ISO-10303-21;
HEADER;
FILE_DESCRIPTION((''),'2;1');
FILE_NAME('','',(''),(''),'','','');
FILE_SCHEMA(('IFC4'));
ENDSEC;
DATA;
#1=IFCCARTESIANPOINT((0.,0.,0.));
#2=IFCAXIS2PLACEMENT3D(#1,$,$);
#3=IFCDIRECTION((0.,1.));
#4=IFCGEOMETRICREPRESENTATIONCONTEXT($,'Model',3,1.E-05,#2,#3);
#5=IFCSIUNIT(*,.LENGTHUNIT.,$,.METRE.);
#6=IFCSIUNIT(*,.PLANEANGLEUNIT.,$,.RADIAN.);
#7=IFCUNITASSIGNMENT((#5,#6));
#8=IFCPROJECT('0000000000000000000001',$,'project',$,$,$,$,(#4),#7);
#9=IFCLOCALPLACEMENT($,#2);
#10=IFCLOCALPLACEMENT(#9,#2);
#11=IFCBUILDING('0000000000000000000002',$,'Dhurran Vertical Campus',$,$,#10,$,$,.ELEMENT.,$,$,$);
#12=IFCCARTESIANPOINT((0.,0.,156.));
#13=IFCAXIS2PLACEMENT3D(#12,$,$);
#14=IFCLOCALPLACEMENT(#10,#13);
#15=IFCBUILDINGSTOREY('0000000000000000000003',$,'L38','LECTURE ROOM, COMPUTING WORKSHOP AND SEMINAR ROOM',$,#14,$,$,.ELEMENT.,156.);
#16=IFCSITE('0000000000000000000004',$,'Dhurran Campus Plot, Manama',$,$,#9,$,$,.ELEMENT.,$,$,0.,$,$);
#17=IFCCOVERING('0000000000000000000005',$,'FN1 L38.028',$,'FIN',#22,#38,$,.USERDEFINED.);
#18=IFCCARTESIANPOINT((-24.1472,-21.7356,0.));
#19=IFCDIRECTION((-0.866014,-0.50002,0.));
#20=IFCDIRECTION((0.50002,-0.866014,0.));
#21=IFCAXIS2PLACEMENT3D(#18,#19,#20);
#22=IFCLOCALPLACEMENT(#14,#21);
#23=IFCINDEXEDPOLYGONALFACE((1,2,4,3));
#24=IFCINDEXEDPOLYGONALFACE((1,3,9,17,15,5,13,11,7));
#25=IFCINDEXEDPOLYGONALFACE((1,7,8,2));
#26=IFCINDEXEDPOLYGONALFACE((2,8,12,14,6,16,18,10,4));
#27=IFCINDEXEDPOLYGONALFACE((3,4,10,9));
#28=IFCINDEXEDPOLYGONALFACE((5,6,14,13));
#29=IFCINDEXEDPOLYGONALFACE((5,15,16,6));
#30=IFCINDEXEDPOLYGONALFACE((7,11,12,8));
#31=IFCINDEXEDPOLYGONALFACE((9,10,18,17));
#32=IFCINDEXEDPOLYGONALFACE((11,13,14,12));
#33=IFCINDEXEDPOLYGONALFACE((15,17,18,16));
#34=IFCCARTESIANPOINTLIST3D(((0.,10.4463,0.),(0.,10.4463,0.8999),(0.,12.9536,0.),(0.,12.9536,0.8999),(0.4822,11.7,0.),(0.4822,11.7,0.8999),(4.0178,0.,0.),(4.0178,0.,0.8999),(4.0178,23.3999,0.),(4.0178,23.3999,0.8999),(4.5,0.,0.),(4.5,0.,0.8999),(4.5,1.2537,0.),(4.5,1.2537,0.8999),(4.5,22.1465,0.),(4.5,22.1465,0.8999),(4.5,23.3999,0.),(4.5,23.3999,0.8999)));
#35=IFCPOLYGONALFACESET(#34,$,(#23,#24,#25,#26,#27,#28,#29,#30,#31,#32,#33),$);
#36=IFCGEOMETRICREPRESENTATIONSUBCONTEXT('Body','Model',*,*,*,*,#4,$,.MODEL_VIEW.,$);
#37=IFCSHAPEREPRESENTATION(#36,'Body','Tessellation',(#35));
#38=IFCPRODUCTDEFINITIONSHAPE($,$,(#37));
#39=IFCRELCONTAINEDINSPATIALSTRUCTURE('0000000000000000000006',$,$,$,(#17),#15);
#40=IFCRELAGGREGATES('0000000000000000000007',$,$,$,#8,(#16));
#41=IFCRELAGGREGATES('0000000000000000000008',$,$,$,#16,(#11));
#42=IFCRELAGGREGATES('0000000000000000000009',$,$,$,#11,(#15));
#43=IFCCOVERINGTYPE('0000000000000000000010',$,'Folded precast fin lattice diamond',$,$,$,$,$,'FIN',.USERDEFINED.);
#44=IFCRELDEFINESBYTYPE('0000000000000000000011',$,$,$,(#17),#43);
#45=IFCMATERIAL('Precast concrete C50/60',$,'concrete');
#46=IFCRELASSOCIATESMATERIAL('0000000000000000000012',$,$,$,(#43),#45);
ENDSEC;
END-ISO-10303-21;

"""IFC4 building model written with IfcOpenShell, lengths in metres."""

from ifc_helpers import new_model, si_unit, direction, frame, origin, place, context, subcontext, project, spatial, polyline, outline, extrude, material, type_object, element, save


model = new_model("IFC4")

# Units and contexts
model_context = context("Model", 3, precision=1e-05, world=origin(), true_north=direction((0.0, 1.0)))
body_context = subcontext(model_context, "Body", "Model", "MODEL_VIEW")
ifc_project = project(units=[si_unit("LENGTHUNIT", "METRE"), si_unit("PLANEANGLEUNIT", "RADIAN")], contexts=[model_context])

# Site, building, storey
site_placement = place(None, origin())
site = spatial("IfcSite", under=ifc_project, at=site_placement, Name="Dhurran Campus Plot, Manama", CompositionType="ELEMENT", RefElevation=0.0)
building_placement = place(site_placement, origin())
building = spatial("IfcBuilding", under=site, at=building_placement, Name="Dhurran Vertical Campus", CompositionType="ELEMENT")
storey_placement = place(building_placement, frame((0.0, 0.0, 156.0)))
storey = spatial("IfcBuildingStorey", under=building, at=storey_placement, Name="L38", Description="LECTURE ROOM, COMPUTING WORKSHOP AND SEMINAR ROOM", CompositionType="ELEMENT", Elevation=156.0)

# Covering
ifc_material_1 = material(Name="Precast concrete C50/60", Category="concrete")
covering_type = type_object("IfcCoveringType", Name="Folded precast fin lattice diamond", ElementType="FIN", PredefinedType="USERDEFINED", material=ifc_material_1)
covering_1_placement = place(storey_placement, frame((-24.1472, -21.7356, 0.0), z_axis=(-0.866014, -0.50002, 0.0), x_axis=(0.50002, -0.866014, 0.0)))
element("IfcCovering", 1, at=covering_1_placement, inside=storey, type_object=covering_type, Name="FN1 L38.028", ObjectType="FIN", PredefinedType="USERDEFINED", context=body_context, shape_type="SweptSolid", body=[
    extrude(outline(polyline([(4.0178, 0.0), (0.0, 10.4463), (0.0, 12.9536), (4.0178, 23.3999), (4.5, 23.3999), (4.5, 22.1465), (0.4822, 11.7), (4.5, 1.2537), (4.5, 0.0), (4.0178, 0.0)])), origin(), (0.0, 0.0, 1.0), 0.8999),
])

save(model, "model.ifc")
